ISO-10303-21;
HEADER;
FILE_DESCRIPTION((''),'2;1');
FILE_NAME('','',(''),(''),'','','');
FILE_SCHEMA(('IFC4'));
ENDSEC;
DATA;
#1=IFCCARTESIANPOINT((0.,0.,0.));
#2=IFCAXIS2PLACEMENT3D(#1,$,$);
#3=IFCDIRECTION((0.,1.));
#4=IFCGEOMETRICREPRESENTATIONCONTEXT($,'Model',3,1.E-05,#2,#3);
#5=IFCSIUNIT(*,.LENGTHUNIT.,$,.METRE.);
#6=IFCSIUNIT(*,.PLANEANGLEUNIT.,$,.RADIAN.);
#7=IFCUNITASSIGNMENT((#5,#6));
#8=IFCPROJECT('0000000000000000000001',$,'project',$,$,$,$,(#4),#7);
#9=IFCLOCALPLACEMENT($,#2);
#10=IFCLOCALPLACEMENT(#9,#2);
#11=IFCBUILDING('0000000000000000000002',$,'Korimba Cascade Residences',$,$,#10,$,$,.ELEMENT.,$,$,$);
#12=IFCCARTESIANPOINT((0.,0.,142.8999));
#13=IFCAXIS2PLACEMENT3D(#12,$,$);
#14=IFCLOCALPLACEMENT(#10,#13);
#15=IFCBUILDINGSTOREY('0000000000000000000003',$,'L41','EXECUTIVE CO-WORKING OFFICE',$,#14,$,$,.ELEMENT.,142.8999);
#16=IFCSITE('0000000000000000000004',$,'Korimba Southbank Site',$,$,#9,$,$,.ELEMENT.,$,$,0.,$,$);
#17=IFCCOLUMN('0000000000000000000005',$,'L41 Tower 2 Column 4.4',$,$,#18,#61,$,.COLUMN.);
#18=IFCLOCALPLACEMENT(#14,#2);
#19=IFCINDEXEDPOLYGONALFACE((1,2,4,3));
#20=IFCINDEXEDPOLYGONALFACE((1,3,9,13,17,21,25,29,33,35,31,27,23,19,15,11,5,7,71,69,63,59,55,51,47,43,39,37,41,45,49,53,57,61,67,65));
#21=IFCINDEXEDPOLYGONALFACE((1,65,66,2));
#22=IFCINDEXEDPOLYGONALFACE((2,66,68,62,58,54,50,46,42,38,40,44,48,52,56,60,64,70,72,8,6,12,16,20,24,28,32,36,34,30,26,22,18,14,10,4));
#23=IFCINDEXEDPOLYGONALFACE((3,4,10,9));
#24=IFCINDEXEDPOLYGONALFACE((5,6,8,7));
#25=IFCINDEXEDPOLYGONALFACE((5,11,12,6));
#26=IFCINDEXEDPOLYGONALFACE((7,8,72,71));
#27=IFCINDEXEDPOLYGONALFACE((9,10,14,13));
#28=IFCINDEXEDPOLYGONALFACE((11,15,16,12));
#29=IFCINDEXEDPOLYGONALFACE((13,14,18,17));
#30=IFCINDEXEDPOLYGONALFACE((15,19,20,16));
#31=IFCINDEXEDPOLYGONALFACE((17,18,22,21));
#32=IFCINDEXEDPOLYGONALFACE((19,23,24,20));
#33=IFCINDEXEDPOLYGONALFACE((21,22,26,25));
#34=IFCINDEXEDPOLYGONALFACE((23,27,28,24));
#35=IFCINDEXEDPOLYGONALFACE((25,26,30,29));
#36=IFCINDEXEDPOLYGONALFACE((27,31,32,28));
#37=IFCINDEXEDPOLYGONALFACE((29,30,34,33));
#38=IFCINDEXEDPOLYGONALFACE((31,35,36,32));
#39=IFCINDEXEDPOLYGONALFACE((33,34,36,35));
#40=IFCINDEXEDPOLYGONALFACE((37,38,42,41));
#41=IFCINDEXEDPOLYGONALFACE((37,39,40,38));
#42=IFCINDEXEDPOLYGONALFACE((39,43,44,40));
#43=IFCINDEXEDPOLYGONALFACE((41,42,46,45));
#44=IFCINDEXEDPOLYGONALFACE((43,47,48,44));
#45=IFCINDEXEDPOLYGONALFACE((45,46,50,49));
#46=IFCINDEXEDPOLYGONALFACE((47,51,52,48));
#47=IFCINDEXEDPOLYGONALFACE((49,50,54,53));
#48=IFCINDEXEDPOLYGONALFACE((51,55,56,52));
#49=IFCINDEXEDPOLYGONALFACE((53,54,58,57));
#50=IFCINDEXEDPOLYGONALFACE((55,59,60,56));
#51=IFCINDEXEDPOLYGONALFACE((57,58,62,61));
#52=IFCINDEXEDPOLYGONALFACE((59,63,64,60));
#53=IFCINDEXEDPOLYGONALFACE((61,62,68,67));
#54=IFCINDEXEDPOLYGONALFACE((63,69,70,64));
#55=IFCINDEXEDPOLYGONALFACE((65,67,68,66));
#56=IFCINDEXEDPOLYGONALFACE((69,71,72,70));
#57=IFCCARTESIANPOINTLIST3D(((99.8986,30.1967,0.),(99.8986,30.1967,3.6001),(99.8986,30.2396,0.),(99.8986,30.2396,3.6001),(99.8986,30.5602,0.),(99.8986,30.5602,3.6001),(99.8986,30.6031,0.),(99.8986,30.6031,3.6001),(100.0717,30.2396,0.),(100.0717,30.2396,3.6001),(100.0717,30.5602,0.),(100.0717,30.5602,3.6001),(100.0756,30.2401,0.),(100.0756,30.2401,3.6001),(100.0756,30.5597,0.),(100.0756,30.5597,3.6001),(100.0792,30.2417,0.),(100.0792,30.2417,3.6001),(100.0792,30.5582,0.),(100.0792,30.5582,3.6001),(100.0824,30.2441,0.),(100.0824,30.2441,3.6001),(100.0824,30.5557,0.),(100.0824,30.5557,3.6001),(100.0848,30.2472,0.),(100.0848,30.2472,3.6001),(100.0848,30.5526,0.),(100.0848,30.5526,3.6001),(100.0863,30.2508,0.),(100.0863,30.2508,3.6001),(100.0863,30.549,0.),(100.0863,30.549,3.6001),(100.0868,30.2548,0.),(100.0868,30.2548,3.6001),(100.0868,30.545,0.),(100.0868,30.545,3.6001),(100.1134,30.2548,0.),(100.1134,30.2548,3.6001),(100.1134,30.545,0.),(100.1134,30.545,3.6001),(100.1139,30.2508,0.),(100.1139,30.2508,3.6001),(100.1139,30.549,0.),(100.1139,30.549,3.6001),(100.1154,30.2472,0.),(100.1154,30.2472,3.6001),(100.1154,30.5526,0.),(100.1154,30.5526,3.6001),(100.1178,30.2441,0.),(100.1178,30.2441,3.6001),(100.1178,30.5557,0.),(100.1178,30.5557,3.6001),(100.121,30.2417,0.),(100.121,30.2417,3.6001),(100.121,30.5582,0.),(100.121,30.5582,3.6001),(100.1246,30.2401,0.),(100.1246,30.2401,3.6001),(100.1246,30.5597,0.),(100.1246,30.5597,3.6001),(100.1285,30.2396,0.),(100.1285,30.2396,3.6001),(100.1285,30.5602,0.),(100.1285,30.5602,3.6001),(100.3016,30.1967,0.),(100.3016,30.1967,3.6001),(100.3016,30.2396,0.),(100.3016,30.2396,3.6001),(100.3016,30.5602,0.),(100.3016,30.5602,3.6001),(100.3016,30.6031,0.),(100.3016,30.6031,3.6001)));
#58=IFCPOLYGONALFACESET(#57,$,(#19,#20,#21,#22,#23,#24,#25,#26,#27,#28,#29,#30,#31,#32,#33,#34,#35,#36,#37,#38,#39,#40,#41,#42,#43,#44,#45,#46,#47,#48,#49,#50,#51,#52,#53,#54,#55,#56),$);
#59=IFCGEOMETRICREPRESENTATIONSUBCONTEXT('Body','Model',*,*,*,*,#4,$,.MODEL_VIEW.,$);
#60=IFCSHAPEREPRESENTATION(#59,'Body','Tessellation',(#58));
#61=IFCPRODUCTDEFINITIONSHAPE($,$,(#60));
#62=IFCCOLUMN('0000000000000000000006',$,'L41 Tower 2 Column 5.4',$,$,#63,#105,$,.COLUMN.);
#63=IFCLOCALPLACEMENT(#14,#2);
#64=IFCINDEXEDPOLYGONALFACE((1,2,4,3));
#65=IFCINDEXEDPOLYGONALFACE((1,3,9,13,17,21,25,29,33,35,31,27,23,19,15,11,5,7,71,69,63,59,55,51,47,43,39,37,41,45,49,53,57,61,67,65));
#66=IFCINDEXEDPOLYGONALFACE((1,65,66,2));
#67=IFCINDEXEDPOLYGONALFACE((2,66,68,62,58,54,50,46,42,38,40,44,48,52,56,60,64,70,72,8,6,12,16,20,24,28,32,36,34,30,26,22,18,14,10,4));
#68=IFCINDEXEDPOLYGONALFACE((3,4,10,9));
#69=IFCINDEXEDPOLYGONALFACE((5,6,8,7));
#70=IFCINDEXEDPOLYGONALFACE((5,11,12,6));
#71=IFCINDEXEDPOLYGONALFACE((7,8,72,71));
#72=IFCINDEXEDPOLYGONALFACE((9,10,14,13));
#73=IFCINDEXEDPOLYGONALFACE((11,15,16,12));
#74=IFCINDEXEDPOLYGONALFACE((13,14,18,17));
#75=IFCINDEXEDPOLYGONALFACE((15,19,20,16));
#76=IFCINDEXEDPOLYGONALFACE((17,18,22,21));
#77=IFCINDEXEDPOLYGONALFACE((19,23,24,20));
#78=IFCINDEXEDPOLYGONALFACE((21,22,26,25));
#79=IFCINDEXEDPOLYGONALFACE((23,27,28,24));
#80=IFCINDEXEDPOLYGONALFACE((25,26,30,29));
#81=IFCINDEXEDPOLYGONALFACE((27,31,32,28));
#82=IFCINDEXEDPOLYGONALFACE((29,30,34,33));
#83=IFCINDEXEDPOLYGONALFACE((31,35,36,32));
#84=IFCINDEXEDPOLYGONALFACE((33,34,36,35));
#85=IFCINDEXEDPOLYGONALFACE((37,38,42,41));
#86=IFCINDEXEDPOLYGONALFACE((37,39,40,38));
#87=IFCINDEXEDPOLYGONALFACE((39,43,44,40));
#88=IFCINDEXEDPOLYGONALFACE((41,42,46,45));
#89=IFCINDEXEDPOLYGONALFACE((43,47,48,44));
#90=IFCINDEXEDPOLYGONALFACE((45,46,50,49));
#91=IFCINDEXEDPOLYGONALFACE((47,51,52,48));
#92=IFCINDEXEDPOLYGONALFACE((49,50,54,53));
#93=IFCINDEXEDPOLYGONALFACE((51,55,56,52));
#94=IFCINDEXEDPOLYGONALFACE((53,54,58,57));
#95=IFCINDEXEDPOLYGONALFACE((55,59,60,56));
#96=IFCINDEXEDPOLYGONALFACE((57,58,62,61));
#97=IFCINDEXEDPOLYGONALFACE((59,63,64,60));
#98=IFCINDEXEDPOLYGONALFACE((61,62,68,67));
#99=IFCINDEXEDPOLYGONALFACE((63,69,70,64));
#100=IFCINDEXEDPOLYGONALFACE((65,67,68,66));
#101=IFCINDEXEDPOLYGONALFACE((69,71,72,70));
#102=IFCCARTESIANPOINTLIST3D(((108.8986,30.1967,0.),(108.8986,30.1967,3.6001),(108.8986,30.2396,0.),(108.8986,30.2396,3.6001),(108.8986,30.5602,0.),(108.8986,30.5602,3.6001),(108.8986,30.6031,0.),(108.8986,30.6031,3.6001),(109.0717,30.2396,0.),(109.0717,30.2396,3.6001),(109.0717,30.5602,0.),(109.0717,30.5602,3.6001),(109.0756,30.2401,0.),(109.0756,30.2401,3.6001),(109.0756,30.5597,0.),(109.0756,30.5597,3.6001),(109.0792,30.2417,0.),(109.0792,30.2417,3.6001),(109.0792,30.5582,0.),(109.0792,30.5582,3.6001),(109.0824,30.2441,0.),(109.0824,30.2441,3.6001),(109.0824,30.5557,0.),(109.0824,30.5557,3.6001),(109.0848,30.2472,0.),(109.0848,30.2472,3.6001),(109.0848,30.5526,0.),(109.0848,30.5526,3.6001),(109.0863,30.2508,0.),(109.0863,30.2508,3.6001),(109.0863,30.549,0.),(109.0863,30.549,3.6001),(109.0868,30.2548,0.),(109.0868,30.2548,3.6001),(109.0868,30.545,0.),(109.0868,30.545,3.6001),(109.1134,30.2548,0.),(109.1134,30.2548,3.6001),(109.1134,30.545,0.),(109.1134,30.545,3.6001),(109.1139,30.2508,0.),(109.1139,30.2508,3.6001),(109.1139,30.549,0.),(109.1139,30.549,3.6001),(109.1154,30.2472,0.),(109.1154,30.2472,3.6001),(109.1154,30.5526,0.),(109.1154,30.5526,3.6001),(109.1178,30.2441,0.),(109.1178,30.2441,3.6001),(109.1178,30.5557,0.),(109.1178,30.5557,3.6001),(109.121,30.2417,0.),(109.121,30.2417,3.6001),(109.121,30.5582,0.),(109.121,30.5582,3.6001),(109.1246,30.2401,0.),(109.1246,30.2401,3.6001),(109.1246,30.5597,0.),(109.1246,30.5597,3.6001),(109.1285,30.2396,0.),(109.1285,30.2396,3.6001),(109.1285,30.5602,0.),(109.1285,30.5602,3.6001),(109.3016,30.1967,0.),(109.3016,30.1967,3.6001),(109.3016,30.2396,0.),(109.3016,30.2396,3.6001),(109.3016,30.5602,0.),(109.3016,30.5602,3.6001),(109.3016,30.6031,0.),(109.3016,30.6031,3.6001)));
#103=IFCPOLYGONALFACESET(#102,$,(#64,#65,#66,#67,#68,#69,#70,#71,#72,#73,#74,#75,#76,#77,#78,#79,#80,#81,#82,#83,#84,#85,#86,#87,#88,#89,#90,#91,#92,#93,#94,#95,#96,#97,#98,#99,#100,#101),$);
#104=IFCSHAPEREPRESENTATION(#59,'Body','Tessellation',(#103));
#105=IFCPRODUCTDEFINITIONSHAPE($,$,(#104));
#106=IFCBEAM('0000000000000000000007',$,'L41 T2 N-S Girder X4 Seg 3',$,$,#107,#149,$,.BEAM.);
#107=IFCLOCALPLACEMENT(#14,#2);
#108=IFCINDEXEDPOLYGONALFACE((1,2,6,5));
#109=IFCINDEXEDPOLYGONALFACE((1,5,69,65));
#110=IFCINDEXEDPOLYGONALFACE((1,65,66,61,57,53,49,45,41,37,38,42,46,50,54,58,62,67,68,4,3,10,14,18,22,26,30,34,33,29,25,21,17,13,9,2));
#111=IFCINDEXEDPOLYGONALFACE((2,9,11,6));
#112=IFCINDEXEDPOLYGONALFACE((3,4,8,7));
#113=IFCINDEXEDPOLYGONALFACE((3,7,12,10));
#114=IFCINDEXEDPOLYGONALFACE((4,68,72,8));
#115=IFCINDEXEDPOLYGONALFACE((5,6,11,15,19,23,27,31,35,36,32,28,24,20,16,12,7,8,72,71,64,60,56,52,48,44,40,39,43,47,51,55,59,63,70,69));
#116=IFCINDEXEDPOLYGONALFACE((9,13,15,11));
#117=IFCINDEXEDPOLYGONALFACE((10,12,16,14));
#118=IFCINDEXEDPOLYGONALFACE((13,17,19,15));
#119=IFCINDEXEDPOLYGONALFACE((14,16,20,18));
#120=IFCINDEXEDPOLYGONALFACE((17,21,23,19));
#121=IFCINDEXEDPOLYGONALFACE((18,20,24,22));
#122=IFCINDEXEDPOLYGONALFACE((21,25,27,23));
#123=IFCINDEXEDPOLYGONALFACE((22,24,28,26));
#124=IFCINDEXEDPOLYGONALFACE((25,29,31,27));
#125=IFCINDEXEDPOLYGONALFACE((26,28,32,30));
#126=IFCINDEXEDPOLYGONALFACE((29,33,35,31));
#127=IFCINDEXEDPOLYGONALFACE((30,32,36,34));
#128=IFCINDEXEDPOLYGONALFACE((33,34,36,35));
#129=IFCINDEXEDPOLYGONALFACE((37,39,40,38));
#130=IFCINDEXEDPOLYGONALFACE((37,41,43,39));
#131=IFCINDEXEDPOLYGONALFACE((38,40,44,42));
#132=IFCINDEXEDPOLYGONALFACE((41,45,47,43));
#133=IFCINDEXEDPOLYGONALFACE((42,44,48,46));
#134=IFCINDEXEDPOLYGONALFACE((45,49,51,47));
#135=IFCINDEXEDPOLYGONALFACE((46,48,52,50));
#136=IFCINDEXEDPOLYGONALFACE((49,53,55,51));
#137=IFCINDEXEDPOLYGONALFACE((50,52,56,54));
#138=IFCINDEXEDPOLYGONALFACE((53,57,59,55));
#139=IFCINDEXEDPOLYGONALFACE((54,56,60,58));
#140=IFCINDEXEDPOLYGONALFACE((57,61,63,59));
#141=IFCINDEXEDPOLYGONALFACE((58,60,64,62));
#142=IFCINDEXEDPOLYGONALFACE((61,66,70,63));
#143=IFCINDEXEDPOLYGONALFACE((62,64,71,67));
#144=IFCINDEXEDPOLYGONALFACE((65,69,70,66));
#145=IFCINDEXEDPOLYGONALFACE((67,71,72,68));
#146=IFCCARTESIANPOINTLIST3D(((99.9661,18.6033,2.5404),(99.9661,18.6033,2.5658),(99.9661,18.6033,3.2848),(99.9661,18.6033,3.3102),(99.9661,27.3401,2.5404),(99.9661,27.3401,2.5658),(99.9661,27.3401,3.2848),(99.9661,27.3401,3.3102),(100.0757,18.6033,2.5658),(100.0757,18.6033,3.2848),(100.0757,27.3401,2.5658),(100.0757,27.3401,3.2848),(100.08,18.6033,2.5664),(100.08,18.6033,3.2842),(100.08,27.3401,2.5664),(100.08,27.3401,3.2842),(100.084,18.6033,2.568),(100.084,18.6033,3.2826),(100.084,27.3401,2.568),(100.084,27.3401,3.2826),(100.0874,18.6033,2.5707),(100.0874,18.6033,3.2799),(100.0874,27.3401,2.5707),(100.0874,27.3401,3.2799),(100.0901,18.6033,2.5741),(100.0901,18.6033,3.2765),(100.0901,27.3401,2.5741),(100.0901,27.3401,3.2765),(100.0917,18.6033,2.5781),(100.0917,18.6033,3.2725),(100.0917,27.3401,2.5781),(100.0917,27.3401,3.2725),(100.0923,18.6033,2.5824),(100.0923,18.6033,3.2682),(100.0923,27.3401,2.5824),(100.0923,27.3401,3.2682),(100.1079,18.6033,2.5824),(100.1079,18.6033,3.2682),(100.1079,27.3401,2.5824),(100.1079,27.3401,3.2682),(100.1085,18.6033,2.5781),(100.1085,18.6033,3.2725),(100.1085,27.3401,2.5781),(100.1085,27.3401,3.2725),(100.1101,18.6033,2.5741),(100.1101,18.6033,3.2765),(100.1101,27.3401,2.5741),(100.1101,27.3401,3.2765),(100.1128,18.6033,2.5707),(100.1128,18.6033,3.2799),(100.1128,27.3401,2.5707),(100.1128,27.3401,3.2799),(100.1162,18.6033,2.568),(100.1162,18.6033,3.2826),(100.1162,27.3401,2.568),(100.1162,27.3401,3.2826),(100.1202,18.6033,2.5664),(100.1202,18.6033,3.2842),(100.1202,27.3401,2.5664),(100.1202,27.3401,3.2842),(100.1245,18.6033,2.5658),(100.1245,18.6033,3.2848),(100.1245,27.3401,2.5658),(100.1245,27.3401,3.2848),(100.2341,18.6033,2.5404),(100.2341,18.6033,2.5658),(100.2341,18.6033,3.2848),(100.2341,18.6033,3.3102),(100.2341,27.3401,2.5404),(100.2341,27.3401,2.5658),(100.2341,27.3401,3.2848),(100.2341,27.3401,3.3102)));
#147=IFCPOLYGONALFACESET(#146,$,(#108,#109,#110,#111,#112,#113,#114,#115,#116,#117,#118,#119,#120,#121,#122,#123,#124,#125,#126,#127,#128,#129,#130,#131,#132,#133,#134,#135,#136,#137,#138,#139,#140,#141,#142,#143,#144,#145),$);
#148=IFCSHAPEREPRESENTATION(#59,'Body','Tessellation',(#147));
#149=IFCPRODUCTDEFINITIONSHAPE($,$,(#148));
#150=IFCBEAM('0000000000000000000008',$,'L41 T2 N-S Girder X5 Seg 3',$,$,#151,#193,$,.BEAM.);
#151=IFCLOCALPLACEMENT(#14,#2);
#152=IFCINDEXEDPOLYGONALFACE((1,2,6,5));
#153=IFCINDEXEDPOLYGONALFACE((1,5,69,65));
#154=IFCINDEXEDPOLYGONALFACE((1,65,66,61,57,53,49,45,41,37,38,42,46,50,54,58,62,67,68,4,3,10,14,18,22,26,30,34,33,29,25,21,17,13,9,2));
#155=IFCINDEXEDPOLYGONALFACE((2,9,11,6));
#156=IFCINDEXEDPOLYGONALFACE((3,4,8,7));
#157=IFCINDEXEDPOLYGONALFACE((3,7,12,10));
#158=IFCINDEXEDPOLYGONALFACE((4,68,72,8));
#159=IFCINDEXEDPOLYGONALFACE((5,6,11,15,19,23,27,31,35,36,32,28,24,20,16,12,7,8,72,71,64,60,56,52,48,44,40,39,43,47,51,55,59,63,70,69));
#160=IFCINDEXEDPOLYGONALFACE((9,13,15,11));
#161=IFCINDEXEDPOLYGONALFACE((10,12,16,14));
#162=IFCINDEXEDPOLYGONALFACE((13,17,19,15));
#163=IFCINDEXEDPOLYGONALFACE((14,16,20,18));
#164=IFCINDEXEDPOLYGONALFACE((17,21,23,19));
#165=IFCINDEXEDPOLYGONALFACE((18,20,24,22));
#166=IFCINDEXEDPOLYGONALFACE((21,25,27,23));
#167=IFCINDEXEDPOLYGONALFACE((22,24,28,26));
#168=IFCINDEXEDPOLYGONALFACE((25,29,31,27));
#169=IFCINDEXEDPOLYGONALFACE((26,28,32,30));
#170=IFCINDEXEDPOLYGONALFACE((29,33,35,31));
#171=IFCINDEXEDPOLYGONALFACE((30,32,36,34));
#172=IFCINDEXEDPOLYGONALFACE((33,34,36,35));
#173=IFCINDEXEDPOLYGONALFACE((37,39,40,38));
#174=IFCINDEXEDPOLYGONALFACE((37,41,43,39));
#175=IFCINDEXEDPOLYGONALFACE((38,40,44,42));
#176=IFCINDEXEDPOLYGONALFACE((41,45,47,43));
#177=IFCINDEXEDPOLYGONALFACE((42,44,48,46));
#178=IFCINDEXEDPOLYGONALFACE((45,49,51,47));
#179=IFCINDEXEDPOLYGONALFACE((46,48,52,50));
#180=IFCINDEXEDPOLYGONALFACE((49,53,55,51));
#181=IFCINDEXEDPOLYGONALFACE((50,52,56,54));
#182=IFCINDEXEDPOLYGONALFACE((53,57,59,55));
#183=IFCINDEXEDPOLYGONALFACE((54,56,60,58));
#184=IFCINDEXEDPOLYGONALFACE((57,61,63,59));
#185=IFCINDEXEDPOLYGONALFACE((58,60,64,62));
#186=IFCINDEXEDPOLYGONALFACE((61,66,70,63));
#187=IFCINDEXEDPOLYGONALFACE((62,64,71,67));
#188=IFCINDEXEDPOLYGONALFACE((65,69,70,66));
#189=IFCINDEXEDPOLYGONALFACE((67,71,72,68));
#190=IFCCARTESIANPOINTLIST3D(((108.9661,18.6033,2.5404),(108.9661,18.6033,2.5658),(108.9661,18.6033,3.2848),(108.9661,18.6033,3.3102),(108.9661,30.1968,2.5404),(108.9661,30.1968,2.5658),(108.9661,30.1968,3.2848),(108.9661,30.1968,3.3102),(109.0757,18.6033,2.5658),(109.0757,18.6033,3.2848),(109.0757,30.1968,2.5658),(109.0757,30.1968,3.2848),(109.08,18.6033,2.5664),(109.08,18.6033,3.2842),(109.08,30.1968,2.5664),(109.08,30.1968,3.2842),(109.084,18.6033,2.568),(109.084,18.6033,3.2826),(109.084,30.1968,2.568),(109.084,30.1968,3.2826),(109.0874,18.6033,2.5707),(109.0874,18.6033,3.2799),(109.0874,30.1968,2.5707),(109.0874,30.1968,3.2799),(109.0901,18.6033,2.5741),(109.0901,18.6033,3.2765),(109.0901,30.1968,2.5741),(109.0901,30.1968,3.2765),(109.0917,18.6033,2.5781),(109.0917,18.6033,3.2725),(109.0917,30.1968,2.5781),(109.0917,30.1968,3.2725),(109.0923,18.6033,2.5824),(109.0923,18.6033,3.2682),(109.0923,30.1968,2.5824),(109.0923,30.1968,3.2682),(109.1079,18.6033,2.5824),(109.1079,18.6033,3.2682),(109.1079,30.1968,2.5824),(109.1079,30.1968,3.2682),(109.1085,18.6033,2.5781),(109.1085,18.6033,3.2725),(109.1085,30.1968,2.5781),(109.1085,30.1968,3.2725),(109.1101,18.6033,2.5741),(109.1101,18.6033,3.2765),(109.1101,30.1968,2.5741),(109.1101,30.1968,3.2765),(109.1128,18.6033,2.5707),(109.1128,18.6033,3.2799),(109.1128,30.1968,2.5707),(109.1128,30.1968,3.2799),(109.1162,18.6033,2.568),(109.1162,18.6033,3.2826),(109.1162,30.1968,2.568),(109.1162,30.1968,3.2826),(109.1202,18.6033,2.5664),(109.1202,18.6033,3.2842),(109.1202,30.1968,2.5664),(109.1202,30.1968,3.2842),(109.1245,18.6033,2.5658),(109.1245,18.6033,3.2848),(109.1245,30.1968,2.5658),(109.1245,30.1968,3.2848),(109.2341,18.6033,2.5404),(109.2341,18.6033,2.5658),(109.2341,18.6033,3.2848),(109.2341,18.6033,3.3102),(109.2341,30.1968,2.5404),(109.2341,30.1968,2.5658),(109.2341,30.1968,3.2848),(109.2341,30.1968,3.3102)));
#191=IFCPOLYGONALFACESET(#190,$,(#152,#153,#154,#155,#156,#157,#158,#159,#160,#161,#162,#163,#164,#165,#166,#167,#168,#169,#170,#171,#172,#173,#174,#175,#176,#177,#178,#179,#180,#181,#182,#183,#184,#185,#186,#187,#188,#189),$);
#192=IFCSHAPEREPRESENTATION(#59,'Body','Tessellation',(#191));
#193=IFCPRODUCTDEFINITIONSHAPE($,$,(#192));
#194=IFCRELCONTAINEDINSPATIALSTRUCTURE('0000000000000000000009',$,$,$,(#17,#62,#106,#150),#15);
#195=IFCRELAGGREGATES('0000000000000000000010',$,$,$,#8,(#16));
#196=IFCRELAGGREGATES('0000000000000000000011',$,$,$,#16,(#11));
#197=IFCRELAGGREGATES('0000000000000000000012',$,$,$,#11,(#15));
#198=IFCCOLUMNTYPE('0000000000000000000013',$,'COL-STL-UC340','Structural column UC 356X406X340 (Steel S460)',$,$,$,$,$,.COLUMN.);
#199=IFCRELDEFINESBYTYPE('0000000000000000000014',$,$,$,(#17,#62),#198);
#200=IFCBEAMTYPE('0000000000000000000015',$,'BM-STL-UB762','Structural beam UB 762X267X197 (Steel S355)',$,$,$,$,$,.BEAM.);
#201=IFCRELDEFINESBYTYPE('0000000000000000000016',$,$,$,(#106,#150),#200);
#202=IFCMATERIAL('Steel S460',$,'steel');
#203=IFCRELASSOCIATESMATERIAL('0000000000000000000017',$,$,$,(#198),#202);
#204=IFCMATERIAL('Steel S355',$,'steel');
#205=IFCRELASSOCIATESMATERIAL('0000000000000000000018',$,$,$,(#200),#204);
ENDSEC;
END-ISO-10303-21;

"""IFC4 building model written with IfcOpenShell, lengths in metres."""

from ifc_helpers import new_model, si_unit, direction, frame, origin, origin_2d, place, context, subcontext, project, spatial, i_section, extrude, material, material_profile, profile_set, type_object, element, save


model = new_model("IFC4")

# Units and contexts
model_context = context("Model", 3, precision=1e-05, world=origin(), true_north=direction((0.0, 1.0)))
body_context = subcontext(model_context, "Body", "Model", "MODEL_VIEW")
ifc_project = project(units=[si_unit("LENGTHUNIT", "METRE"), si_unit("PLANEANGLEUNIT", "RADIAN")], contexts=[model_context])

# Site, building, storey
site_placement = place(None, origin())
site = spatial("IfcSite", under=ifc_project, at=site_placement, Name="Korimba Southbank Site", CompositionType="ELEMENT", RefElevation=0.0)
building_placement = place(site_placement, origin())
building = spatial("IfcBuilding", under=site, at=building_placement, Name="Korimba Cascade Residences", CompositionType="ELEMENT")
storey_placement = place(building_placement, frame((0.0, 0.0, 142.8999)))
storey = spatial("IfcBuildingStorey", under=building, at=storey_placement, Name="L41", Description="EXECUTIVE CO-WORKING OFFICE", CompositionType="ELEMENT", Elevation=142.8999)

# Columns
ifc_material_1 = material(Name="Steel S460", Category="steel")
ifc_material_profile_1 = material_profile(ifc_material_1, i_section(OverallWidth=0.4031, OverallDepth=0.4065, WebThickness=0.0266, FlangeThickness=0.043, FilletRadius=0.0151, at=origin_2d()), Name="Steel S460")
ifc_profile_set_1 = profile_set([ifc_material_profile_1], Name="Steel S460")
column_type = type_object("IfcColumnType", Name="COL-STL-UC340", Description="Structural column UC 356X406X340 (Steel S460)", PredefinedType="COLUMN", material=ifc_profile_set_1)
for number, where, z_axis, x_axis, name in (
    (1, (100.1001, 30.3999, 0.0), (0.0, 0.0, 1.0), (1.0, 0.0, 0.0), "L41 Tower 2 Column 4.4"),
    (2, (109.1001, 30.3999, 0.0), (0.0, 0.0, 1.0), (1.0, 0.0, 0.0), "L41 Tower 2 Column 5.4"),
):
    element("IfcColumn", number, at=place(storey_placement, frame(where, z_axis=z_axis, x_axis=x_axis)), inside=storey, type_object=column_type, Name=name, PredefinedType="COLUMN", context=body_context, shape_type="SweptSolid", body=[
        extrude(i_section(OverallWidth=0.4031, OverallDepth=0.4065, WebThickness=0.0266, FlangeThickness=0.043, FilletRadius=0.0151, at=origin_2d()), origin(), (0.0, 0.0, 1.0), 3.6001),
    ])

# Beams
ifc_material_2 = material(Name="Steel S355", Category="steel")
ifc_material_profile_2 = material_profile(ifc_material_2, i_section(OverallWidth=0.2681, OverallDepth=0.7698, WebThickness=0.0156, FlangeThickness=0.0254, FilletRadius=0.0166, at=origin_2d()), Name="Steel S355")
ifc_profile_set_2 = profile_set([ifc_material_profile_2], Name="Steel S355")
beam_type_1 = type_object("IfcBeamType", Name="BM-STL-UB762", Description="Structural beam UB 762X267X197 (Steel S355)", PredefinedType="BEAM", material=ifc_profile_set_2)
beam_1_placement = place(storey_placement, frame((100.1001, 18.6033, 2.9253), z_axis=(0.0, 1.0, 0.0), x_axis=(-1.0, 0.0, 0.0)))
element("IfcBeam", 3, at=beam_1_placement, inside=storey, type_object=beam_type_1, Name="L41 T2 N-S Girder X4 Seg 3", PredefinedType="BEAM", context=body_context, shape_type="SweptSolid", body=[
    extrude(i_section(OverallWidth=0.2681, OverallDepth=0.7698, WebThickness=0.0156, FlangeThickness=0.0254, FilletRadius=0.0166, at=origin_2d()), origin(), (0.0, 0.0, 1.0), 8.7368),
])
beam_2_placement = place(storey_placement, frame((109.1001, 18.6033, 2.9253), z_axis=(0.0, 1.0, 0.0), x_axis=(-1.0, 0.0, 0.0)))
element("IfcBeam", 4, at=beam_2_placement, inside=storey, type_object=beam_type_1, Name="L41 T2 N-S Girder X5 Seg 3", PredefinedType="BEAM", context=body_context, shape_type="SweptSolid", body=[
    extrude(i_section(OverallWidth=0.2681, OverallDepth=0.7698, WebThickness=0.0156, FlangeThickness=0.0254, FilletRadius=0.0166, at=origin_2d()), origin(), (0.0, 0.0, 1.0), 11.5935),
])

save(model, "model.ifc")
